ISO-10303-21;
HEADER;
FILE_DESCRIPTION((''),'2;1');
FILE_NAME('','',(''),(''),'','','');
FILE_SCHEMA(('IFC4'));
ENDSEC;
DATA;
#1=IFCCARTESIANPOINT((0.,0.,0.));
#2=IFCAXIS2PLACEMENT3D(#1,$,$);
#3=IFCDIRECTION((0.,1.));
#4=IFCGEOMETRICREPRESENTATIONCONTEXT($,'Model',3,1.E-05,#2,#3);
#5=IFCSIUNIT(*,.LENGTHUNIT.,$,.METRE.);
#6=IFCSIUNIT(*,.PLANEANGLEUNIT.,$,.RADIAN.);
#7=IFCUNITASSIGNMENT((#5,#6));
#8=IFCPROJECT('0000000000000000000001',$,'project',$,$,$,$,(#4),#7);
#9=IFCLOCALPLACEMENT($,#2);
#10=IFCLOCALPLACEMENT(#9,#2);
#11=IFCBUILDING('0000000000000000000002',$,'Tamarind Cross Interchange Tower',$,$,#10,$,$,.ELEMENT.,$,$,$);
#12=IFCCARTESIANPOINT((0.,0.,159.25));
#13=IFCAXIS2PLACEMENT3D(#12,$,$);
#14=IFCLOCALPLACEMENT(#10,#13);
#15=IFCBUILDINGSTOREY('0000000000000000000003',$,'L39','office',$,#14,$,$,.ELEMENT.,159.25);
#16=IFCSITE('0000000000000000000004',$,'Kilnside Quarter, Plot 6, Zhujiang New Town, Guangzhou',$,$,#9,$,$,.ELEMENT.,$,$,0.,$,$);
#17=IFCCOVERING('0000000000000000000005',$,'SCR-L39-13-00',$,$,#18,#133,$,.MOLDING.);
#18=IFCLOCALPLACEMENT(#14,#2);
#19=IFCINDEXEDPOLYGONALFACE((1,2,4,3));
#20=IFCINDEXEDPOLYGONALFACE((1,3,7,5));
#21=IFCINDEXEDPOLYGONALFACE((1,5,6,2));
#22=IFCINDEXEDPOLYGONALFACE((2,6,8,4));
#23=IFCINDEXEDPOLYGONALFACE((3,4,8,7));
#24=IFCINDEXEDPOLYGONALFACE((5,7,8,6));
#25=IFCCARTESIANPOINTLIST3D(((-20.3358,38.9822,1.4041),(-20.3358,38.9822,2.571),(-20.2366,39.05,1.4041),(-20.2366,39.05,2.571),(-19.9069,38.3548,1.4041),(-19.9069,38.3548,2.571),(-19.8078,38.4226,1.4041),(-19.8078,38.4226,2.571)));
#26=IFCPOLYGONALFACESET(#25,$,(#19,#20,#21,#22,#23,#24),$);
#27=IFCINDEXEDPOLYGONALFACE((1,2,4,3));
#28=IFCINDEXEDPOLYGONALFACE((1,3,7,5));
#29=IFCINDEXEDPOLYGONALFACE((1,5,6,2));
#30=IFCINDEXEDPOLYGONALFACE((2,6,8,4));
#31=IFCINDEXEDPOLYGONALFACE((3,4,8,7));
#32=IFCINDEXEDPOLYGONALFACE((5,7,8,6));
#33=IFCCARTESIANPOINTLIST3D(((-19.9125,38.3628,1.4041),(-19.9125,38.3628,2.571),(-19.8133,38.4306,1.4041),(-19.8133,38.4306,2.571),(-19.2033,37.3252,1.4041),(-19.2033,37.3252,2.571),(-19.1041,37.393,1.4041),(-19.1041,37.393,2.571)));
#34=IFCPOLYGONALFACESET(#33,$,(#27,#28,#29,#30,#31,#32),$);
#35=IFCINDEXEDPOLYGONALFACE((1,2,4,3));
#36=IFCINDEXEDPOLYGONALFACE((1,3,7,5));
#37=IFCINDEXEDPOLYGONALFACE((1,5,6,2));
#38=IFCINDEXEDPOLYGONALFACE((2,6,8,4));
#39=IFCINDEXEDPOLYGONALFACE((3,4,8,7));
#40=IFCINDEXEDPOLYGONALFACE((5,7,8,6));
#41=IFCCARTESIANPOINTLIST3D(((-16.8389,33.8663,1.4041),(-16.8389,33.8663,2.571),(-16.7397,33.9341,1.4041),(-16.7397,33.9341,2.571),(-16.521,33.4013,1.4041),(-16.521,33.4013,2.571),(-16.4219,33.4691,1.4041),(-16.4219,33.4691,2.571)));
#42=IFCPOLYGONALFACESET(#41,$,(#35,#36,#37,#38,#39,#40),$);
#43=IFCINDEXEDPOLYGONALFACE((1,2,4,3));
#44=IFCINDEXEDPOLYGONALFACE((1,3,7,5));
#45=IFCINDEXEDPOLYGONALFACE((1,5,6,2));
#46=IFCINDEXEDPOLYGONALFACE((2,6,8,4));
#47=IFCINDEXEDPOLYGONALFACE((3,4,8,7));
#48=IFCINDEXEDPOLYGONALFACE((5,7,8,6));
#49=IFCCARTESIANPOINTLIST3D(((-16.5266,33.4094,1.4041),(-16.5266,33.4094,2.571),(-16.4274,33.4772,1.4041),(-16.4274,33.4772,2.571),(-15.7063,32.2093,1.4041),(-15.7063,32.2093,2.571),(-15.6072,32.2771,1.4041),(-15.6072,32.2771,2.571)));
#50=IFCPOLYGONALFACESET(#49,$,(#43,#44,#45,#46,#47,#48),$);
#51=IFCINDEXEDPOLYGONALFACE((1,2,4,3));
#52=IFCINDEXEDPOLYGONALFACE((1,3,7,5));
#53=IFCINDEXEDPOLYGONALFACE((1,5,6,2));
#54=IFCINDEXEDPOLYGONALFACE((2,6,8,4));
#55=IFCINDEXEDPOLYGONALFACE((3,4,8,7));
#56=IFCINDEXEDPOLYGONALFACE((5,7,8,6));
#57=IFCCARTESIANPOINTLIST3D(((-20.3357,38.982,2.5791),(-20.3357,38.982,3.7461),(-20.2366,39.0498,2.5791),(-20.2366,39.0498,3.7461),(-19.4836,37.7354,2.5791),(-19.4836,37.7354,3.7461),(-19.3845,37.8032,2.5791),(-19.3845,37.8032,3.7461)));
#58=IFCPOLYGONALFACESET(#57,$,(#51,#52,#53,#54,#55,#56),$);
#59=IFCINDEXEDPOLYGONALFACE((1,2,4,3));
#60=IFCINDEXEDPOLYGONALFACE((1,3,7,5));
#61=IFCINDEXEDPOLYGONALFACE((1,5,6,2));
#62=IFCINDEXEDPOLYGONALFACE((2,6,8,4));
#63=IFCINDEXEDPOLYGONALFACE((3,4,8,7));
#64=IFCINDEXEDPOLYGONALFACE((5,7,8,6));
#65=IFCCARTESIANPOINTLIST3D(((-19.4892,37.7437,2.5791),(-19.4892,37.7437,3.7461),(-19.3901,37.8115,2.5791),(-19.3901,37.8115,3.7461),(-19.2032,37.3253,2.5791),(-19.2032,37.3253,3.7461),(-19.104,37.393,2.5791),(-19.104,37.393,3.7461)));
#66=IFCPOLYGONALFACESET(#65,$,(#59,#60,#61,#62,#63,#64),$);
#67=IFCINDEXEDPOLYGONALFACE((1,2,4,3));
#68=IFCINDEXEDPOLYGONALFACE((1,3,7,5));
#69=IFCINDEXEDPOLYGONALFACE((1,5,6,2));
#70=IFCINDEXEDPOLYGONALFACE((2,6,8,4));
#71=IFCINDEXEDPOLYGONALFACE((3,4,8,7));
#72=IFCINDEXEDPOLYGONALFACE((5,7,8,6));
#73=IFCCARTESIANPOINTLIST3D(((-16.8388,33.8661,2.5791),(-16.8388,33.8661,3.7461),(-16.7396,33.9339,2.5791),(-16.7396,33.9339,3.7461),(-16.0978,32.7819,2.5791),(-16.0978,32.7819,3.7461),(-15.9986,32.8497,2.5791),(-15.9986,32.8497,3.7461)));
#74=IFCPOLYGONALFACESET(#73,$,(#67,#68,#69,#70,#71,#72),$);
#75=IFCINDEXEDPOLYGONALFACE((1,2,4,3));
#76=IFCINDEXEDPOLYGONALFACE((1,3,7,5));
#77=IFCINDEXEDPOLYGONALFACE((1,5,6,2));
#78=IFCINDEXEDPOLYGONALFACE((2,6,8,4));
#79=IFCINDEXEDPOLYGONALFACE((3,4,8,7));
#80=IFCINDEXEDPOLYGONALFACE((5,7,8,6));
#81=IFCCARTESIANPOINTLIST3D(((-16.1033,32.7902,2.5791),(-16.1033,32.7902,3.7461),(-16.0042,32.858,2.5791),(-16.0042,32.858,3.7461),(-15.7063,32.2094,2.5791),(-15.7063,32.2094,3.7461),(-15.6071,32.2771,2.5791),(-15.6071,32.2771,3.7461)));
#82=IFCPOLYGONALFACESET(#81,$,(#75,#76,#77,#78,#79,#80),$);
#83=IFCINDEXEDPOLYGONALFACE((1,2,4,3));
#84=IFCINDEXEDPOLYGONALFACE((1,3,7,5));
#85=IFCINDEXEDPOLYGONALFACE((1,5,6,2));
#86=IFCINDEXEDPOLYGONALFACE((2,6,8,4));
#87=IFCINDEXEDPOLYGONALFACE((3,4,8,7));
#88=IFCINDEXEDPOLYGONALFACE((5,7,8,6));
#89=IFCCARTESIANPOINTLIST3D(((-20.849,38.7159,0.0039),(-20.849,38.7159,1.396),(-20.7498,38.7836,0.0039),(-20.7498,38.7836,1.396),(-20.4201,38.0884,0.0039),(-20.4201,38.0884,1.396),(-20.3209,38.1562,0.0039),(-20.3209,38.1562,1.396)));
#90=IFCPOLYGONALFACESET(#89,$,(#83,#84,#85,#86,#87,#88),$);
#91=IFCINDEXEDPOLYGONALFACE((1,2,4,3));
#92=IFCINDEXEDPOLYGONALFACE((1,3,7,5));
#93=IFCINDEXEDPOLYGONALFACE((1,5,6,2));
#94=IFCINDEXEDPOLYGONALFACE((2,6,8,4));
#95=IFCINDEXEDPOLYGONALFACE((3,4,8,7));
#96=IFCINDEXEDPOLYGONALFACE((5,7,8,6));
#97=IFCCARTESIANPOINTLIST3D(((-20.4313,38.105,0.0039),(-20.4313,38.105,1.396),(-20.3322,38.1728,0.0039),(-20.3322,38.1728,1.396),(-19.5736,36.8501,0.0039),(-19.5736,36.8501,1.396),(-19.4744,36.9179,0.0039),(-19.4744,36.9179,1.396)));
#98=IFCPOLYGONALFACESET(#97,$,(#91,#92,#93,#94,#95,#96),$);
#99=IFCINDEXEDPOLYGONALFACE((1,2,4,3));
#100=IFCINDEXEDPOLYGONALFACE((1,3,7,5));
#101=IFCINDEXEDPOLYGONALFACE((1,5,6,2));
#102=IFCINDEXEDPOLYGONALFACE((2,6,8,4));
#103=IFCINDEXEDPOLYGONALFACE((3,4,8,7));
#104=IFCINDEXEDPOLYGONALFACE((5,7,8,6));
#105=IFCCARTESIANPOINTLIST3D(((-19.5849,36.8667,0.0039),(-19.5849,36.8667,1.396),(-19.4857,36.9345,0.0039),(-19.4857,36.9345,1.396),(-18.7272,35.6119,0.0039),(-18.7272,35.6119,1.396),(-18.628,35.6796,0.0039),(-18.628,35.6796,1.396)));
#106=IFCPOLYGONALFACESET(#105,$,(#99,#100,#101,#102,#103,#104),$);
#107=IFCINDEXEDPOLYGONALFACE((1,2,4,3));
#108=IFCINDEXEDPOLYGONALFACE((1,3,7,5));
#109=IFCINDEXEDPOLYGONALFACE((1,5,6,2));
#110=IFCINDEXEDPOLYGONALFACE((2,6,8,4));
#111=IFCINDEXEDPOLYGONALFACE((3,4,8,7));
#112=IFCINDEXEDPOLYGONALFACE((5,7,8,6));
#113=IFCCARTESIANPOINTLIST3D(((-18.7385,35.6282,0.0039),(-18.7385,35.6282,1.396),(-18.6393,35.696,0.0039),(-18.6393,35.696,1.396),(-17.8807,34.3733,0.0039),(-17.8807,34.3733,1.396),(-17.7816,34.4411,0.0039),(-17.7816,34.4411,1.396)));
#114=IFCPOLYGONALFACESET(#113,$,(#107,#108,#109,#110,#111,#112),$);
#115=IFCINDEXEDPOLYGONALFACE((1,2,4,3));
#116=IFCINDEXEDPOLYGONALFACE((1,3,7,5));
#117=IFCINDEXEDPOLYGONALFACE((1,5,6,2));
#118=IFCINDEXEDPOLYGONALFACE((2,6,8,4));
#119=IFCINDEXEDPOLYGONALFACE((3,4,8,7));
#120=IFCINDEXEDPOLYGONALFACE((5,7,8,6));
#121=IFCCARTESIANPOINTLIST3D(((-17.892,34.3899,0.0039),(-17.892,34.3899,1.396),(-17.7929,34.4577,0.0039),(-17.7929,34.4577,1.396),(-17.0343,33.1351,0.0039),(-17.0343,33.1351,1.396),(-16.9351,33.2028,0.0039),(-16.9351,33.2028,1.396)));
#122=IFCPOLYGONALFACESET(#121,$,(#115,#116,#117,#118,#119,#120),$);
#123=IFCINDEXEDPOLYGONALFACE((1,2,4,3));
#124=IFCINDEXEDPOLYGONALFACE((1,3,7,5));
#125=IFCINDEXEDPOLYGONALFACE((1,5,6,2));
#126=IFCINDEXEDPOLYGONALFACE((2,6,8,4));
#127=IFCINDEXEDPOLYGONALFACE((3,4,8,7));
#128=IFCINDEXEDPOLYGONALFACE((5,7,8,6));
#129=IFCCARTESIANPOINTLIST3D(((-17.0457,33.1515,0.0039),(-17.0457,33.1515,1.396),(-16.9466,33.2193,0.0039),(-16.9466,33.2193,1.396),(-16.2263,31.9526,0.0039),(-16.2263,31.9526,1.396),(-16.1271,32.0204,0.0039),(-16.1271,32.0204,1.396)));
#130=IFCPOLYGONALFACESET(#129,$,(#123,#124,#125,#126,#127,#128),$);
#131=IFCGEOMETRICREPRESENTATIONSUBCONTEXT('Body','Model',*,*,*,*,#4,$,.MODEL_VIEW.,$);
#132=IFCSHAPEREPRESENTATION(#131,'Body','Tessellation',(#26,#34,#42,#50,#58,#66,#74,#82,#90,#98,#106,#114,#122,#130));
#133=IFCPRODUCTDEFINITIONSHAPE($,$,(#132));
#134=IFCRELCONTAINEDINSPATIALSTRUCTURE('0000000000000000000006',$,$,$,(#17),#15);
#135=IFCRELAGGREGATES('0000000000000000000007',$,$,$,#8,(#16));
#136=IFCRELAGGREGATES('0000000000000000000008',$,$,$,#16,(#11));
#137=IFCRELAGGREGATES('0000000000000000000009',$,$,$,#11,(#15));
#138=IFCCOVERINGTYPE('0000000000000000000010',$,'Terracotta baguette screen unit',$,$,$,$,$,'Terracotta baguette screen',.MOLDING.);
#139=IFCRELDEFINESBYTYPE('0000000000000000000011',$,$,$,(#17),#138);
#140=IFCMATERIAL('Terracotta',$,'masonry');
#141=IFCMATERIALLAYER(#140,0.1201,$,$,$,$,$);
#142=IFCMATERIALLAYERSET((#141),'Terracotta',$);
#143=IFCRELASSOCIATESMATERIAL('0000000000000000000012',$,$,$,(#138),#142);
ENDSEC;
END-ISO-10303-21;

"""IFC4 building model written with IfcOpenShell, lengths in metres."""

from ifc_helpers import new_model, si_unit, direction, frame, origin, origin_2d, place, context, subcontext, project, spatial, rectangle, extrude, material, layer, layer_set, type_object, element, save


model = new_model("IFC4")

# Units and contexts
model_context = context("Model", 3, precision=1e-05, world=origin(), true_north=direction((0.0, 1.0)))
body_context = subcontext(model_context, "Body", "Model", "MODEL_VIEW")
ifc_project = project(units=[si_unit("LENGTHUNIT", "METRE"), si_unit("PLANEANGLEUNIT", "RADIAN")], contexts=[model_context])

# Site, building, storey
site_placement = place(None, origin())
site = spatial("IfcSite", under=ifc_project, at=site_placement, Name="Kilnside Quarter, Plot 6, Zhujiang New Town, Guangzhou", CompositionType="ELEMENT", RefElevation=0.0)
building_placement = place(site_placement, origin())
building = spatial("IfcBuilding", under=site, at=building_placement, Name="Tamarind Cross Interchange Tower", CompositionType="ELEMENT")
storey_placement = place(building_placement, frame((0.0, 0.0, 159.25)))
storey = spatial("IfcBuildingStorey", under=building, at=storey_placement, Name="L39", Description="office", CompositionType="ELEMENT", Elevation=159.25)

# Covering
ifc_material_1 = material(Name="Terracotta", Category="masonry")
ifc_layer_1 = layer(ifc_material_1, 0.1201)
ifc_layer_set_1 = layer_set([ifc_layer_1], Name="Terracotta")
covering_type = type_object("IfcCoveringType", Name="Terracotta baguette screen unit", ElementType="Terracotta baguette screen", PredefinedType="MOLDING", material=ifc_layer_set_1)
covering_1_placement = place(storey_placement, origin())
element("IfcCovering", 1, at=covering_1_placement, inside=storey, type_object=covering_type, Name="SCR-L39-13-00", PredefinedType="MOLDING", context=body_context, shape_type="SweptSolid", body=[
    extrude(rectangle(XDim=0.76, YDim=0.1201, at=origin_2d()), frame((-20.0718, 38.7024, 1.4041), z_axis=(0.0, 0.0, 1.0), x_axis=(0.564301, -0.825569, 0.0)), (0.0, 0.0, 1.0), 1.167),
    extrude(rectangle(XDim=1.2568, YDim=0.1201, at=origin_2d()), frame((-19.5083, 37.8779, 1.4041), z_axis=(0.0, 0.0, 1.0), x_axis=(0.564301, -0.825569, 0.0)), (0.0, 0.0, 1.0), 1.167),
    extrude(rectangle(XDim=0.5632, YDim=0.1201, at=origin_2d()), frame((-16.6304, 33.6677, 1.4041), z_axis=(0.0, 0.0, 1.0), x_axis=(0.564301, -0.825569, 0.0)), (0.0, 0.0, 1.0), 1.167),
    extrude(rectangle(XDim=1.4536, YDim=0.1201, at=origin_2d()), frame((-16.0669, 32.8433, 1.4041), z_axis=(0.0, 0.0, 1.0), x_axis=(0.564301, -0.825569, 0.0)), (0.0, 0.0, 1.0), 1.167),
    extrude(rectangle(XDim=1.51, YDim=0.1201, at=origin_2d()), frame((-19.8601, 38.3926, 2.5791), z_axis=(0.0, 0.0, 1.0), x_axis=(0.564301, -0.825569, 0.0)), (0.0, 0.0, 1.0), 1.167),
    extrude(rectangle(XDim=0.5068, YDim=0.1201, at=origin_2d()), frame((-19.2966, 37.5684, 2.5791), z_axis=(0.0, 0.0, 1.0), x_axis=(0.564301, -0.825569, 0.0)), (0.0, 0.0, 1.0), 1.167),
    extrude(rectangle(XDim=1.3132, YDim=0.1201, at=origin_2d()), frame((-16.4187, 33.3579, 2.5791), z_axis=(0.0, 0.0, 1.0), x_axis=(0.564301, -0.825569, 0.0)), (0.0, 0.0, 1.0), 1.167),
    extrude(rectangle(XDim=0.7036, YDim=0.1201, at=origin_2d()), frame((-15.8552, 32.5337, 2.5791), z_axis=(0.0, 0.0, 1.0), x_axis=(0.564301, -0.825569, 0.0)), (0.0, 0.0, 1.0), 1.167),
    extrude(rectangle(XDim=0.76, YDim=0.1201, at=origin_2d()), frame((-20.585, 38.436, 0.0039), z_axis=(0.0, 0.0, 1.0), x_axis=(0.564301, -0.825569, 0.0)), (0.0, 0.0, 1.0), 1.3921),
    extrude(rectangle(XDim=1.52, YDim=0.1201, at=origin_2d()), frame((-19.9529, 37.5115, 0.0039), z_axis=(0.0, 0.0, 1.0), x_axis=(0.564301, -0.825569, 0.0)), (0.0, 0.0, 1.0), 1.3921),
    extrude(rectangle(XDim=1.52, YDim=0.1201, at=origin_2d()), frame((-19.1064, 36.2732, 0.0039), z_axis=(0.0, 0.0, 1.0), x_axis=(0.564301, -0.825569, 0.0)), (0.0, 0.0, 1.0), 1.3921),
    extrude(rectangle(XDim=1.52, YDim=0.1201, at=origin_2d()), frame((-18.26, 35.0347, 0.0039), z_axis=(0.0, 0.0, 1.0), x_axis=(0.564301, -0.825569, 0.0)), (0.0, 0.0, 1.0), 1.3921),
    extrude(rectangle(XDim=1.52, YDim=0.1201, at=origin_2d()), frame((-17.4136, 33.7964, 0.0039), z_axis=(0.0, 0.0, 1.0), x_axis=(0.564301, -0.825569, 0.0)), (0.0, 0.0, 1.0), 1.3921),
    extrude(rectangle(XDim=1.4521, YDim=0.1201, at=origin_2d()), frame((-16.5864, 32.5859, 0.0039), z_axis=(0.0, 0.0, 1.0), x_axis=(0.564301, -0.825569, 0.0)), (0.0, 0.0, 1.0), 1.3921),
])

save(model, "model.ifc")
